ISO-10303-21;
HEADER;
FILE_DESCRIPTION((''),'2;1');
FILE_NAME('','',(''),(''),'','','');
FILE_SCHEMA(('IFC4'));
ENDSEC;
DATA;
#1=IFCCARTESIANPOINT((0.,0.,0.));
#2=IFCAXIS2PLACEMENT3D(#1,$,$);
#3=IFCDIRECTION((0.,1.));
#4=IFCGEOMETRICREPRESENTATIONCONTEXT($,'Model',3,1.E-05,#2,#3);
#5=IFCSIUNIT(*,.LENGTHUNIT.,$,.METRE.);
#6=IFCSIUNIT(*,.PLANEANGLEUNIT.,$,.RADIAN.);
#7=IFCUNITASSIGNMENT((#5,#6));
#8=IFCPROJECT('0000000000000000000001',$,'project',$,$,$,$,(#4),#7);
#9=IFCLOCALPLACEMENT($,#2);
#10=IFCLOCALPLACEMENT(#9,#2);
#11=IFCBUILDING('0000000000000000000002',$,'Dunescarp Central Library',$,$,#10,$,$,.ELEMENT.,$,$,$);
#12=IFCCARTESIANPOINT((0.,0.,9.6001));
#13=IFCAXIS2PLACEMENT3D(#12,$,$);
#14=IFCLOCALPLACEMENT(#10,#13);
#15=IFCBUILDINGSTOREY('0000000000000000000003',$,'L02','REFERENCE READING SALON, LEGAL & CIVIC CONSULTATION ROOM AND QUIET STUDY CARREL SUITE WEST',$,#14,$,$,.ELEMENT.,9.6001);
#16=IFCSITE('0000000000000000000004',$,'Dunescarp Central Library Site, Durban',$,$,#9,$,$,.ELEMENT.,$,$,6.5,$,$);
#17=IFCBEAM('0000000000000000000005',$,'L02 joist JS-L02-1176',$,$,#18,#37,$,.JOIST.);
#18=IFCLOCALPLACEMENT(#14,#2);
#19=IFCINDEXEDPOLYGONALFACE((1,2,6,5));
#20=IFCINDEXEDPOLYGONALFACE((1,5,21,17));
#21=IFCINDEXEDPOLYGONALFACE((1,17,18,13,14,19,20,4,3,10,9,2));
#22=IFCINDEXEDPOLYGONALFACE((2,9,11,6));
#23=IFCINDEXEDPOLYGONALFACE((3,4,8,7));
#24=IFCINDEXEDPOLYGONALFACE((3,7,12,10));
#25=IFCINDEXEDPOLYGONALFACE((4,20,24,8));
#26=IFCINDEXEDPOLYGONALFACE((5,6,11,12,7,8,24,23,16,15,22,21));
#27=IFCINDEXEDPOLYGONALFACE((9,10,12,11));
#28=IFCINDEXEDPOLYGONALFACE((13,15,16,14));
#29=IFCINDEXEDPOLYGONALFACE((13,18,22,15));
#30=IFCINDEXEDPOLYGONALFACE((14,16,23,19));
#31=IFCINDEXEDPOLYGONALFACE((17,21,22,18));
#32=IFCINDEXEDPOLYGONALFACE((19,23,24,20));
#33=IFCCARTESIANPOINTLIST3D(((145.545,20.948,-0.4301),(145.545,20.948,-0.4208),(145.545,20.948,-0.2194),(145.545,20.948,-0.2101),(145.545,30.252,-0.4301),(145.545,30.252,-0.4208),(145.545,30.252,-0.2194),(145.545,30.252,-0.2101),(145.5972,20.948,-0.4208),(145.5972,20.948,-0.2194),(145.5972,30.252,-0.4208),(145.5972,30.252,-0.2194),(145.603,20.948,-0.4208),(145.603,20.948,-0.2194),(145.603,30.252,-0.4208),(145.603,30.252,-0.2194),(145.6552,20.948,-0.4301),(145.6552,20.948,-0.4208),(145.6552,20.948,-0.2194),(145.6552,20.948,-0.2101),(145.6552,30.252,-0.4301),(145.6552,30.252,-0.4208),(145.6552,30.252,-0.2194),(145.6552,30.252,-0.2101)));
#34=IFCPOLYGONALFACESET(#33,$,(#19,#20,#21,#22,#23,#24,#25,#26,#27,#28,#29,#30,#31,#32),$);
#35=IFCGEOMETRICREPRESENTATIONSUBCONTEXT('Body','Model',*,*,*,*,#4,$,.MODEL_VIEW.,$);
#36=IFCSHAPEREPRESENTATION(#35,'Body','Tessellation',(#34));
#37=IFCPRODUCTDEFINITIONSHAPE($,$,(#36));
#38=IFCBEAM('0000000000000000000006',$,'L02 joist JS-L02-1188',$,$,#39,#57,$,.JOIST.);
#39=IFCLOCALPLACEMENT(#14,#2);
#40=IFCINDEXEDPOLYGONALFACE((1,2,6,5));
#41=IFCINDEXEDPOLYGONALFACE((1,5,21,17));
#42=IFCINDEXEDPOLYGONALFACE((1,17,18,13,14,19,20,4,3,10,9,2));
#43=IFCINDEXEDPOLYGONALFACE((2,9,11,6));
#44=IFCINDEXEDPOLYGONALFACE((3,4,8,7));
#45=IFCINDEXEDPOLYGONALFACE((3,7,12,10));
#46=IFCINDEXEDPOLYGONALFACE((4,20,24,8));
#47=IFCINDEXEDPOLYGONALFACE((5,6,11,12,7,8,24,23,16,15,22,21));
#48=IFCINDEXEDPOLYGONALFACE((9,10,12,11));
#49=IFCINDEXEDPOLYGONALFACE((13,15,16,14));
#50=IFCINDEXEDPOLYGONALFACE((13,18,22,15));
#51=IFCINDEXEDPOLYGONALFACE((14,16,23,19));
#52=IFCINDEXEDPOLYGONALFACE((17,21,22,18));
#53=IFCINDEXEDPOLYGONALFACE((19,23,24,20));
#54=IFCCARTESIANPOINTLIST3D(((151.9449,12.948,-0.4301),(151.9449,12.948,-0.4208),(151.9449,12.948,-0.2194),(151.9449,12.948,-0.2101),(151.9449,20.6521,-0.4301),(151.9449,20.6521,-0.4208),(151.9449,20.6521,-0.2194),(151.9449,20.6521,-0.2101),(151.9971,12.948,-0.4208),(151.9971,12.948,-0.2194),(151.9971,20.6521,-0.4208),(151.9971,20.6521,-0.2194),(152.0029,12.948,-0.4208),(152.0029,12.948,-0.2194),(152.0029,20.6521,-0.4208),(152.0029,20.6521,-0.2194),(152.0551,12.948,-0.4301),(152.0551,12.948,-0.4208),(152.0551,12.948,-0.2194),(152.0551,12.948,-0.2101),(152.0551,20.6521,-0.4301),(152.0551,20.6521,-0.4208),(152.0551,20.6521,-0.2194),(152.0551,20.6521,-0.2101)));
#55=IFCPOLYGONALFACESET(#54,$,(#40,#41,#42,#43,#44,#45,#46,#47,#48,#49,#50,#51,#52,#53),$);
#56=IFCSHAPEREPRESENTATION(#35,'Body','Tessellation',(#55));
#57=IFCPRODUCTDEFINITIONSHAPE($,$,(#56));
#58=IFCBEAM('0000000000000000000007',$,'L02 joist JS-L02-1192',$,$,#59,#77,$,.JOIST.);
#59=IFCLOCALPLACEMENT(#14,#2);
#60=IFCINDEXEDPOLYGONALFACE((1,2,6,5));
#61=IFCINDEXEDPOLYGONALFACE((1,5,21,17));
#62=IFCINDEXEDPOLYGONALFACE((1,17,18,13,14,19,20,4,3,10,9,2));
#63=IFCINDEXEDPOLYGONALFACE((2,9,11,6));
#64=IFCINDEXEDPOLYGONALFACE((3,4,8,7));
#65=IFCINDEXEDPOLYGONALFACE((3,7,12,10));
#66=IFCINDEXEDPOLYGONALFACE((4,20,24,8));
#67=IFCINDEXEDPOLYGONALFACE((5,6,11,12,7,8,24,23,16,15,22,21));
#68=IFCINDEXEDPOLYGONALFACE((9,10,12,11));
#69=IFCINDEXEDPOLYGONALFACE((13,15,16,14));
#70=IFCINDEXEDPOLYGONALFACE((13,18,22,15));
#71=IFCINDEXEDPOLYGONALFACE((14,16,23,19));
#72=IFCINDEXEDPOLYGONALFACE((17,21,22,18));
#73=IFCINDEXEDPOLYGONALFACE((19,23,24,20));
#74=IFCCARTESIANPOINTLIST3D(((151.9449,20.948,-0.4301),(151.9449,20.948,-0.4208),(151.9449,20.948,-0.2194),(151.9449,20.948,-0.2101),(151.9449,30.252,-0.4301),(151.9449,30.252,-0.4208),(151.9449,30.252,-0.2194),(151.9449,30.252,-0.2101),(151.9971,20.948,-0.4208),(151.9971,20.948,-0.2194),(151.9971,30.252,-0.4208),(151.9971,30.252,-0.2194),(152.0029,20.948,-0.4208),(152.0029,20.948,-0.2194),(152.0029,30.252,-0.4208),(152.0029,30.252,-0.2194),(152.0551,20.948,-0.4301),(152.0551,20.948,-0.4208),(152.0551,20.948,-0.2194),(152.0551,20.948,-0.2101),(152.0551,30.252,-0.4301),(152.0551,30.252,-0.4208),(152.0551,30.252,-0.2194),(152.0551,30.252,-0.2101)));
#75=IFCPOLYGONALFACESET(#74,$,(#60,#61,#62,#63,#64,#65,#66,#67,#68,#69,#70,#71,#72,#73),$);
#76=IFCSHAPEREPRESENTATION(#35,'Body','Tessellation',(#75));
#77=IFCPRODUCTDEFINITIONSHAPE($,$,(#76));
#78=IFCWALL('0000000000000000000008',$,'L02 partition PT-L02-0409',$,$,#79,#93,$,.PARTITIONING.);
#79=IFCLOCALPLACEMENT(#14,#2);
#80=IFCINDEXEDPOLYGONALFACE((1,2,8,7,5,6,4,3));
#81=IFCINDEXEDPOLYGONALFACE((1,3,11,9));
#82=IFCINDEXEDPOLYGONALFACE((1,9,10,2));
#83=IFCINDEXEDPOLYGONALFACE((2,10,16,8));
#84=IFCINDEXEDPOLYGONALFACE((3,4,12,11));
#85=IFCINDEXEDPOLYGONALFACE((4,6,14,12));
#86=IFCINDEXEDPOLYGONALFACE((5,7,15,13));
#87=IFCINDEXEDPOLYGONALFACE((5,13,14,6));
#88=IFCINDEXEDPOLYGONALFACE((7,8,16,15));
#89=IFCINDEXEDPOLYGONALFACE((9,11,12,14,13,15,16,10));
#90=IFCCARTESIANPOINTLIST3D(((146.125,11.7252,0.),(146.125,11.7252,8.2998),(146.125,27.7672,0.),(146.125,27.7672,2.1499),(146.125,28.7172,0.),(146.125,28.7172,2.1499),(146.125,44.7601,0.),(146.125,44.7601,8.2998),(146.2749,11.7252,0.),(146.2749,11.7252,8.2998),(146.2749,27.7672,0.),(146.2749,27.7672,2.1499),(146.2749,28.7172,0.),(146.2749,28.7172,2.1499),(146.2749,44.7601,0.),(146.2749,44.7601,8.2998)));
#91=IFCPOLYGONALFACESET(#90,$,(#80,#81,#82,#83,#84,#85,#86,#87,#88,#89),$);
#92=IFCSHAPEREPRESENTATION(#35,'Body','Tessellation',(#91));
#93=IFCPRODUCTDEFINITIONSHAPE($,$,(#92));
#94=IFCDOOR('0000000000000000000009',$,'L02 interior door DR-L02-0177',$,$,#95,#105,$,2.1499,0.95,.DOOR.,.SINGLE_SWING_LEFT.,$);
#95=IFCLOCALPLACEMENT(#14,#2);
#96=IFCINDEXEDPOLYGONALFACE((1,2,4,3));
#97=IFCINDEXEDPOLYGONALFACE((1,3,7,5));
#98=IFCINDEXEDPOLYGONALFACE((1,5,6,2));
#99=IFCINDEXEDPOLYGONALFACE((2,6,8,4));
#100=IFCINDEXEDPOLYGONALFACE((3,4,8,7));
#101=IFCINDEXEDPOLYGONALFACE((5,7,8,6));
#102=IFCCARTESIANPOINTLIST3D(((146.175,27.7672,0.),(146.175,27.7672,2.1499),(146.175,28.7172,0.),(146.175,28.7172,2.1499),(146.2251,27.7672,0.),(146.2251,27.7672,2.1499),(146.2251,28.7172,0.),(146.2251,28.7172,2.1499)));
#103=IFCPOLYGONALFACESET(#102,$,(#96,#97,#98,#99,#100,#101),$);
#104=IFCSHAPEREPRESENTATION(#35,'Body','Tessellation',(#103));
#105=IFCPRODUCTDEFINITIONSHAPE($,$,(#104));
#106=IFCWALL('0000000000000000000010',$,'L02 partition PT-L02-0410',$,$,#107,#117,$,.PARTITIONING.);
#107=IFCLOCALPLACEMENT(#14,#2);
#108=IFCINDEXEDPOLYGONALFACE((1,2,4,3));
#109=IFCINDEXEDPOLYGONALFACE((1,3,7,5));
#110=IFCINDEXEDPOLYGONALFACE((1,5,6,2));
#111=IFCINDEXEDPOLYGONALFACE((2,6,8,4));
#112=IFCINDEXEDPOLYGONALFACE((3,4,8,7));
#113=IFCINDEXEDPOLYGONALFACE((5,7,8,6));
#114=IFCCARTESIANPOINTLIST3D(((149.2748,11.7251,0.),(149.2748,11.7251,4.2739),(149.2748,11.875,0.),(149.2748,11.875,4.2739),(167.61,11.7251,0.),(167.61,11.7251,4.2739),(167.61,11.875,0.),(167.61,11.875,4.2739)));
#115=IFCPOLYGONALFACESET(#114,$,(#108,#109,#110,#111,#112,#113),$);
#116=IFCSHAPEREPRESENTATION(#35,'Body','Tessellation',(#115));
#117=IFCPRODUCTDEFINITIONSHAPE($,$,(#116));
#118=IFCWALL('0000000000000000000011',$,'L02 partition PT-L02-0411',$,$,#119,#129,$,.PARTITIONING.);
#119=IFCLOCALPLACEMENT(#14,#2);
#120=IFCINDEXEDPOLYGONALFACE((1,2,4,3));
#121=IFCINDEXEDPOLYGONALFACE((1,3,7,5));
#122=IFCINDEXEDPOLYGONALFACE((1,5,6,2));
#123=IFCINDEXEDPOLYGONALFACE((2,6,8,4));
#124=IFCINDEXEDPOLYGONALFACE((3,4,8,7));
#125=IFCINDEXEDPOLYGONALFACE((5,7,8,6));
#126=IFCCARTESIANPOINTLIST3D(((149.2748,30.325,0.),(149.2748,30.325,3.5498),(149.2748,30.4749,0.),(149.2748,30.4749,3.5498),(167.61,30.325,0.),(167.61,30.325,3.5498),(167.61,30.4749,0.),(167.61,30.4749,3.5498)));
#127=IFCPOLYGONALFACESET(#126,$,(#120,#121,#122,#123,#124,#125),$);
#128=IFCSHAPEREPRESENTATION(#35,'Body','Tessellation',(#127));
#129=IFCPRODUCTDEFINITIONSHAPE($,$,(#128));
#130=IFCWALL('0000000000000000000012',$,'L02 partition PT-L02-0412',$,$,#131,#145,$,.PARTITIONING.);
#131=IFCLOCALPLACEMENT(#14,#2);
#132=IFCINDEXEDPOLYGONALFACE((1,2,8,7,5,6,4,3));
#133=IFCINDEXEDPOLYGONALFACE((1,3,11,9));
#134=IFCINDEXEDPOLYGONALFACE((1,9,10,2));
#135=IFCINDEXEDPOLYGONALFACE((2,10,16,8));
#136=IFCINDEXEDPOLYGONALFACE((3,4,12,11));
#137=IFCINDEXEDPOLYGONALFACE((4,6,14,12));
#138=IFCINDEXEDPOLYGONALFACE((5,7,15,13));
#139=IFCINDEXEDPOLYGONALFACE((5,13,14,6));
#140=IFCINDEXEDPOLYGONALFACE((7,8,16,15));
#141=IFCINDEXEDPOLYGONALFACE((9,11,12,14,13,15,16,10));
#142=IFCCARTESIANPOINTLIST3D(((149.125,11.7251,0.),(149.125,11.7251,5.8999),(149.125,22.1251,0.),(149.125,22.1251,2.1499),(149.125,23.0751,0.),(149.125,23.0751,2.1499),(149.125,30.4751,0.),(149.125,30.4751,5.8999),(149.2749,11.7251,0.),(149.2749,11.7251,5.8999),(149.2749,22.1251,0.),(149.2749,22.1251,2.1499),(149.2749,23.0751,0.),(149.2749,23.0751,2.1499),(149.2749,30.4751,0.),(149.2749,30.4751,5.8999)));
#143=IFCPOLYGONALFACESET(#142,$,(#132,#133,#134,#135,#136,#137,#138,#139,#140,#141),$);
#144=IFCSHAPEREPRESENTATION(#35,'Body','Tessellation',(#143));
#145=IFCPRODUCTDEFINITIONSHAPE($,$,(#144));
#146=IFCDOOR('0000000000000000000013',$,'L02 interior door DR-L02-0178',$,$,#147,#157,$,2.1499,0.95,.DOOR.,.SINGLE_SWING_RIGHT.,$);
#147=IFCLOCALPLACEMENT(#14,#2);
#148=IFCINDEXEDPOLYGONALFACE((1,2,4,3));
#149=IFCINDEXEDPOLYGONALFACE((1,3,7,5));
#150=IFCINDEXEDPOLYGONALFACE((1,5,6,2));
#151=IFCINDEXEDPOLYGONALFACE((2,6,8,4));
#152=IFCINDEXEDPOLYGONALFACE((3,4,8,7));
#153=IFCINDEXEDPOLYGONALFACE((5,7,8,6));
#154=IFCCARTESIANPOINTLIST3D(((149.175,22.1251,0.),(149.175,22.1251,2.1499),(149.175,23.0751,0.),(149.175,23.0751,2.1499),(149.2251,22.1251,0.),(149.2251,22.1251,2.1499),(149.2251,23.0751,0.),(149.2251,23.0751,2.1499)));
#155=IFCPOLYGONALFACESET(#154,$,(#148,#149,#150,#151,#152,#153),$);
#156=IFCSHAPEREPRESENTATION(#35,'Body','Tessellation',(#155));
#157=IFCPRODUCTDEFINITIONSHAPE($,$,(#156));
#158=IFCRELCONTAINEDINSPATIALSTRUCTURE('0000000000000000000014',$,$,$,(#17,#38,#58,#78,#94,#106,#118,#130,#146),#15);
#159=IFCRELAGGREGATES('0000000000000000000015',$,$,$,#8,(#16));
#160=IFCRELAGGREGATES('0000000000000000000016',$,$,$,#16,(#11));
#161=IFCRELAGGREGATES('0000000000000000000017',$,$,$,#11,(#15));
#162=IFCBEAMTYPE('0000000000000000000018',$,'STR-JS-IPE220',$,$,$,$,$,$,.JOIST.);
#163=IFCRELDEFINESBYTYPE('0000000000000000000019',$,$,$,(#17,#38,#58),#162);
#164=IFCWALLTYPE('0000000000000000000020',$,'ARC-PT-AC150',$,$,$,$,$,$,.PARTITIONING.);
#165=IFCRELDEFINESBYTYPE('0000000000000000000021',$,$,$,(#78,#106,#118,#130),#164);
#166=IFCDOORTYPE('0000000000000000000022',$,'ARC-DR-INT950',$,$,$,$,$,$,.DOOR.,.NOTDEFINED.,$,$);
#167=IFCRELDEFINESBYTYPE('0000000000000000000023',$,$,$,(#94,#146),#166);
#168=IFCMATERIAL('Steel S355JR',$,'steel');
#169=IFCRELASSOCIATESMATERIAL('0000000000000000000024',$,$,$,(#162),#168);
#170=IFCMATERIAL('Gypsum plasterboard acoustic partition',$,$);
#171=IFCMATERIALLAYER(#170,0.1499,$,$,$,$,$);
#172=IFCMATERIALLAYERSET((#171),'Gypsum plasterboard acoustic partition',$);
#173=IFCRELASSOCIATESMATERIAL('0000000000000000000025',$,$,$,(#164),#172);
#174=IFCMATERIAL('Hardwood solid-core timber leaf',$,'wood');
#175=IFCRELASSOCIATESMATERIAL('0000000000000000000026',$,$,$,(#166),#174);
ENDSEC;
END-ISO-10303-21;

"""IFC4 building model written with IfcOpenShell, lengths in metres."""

from ifc_helpers import new_model, si_unit, direction, frame, frame_2d, origin, origin_2d, place, context, subcontext, project, spatial, rectangle, i_section, extrude, material, layer, layer_set, material_profile, profile_set, type_object, element, fill, save


model = new_model("IFC4")

# Units and contexts
model_context = context("Model", 3, precision=1e-05, world=origin(), true_north=direction((0.0, 1.0)))
body_context = subcontext(model_context, "Body", "Model", "MODEL_VIEW")
ifc_project = project(units=[si_unit("LENGTHUNIT", "METRE"), si_unit("PLANEANGLEUNIT", "RADIAN")], contexts=[model_context])

# Site, building, storey
site_placement = place(None, origin())
site = spatial("IfcSite", under=ifc_project, at=site_placement, Name="Dunescarp Central Library Site, Durban", CompositionType="ELEMENT", RefElevation=6.5)
building_placement = place(site_placement, origin())
building = spatial("IfcBuilding", under=site, at=building_placement, Name="Dunescarp Central Library", CompositionType="ELEMENT")
storey_placement = place(building_placement, frame((0.0, 0.0, 9.6001)))
storey = spatial("IfcBuildingStorey", under=building, at=storey_placement, Name="L02", Description="REFERENCE READING SALON, LEGAL & CIVIC CONSULTATION ROOM AND QUIET STUDY CARREL SUITE WEST", CompositionType="ELEMENT", Elevation=9.6001)

# Shared definitions
ifc_material_1 = material(Name="Steel S355JR", Category="steel")

# Beams
ifc_material_profile_1 = material_profile(ifc_material_1, i_section(OverallWidth=0.1101, OverallDepth=0.22, WebThickness=0.0059, FlangeThickness=0.0093, at=origin_2d()), Name="IPE 220")
ifc_profile_set_1 = profile_set([ifc_material_profile_1], Name="Steel S355JR")
beam_type_1 = type_object("IfcBeamType", Name="STR-JS-IPE220", PredefinedType="JOIST", material=ifc_profile_set_1)
for number, where, z_axis, x_axis, name in (
    (1, (145.6001, 20.948, -0.3201), (0.0, 1.0, 0.0), (-1.0, 0.0, 0.0), "L02 joist JS-L02-1176"),
):
    element("IfcBeam", number, at=place(storey_placement, frame(where, z_axis=z_axis, x_axis=x_axis)), inside=storey, type_object=beam_type_1, Name=name, PredefinedType="JOIST", context=body_context, shape_type="SweptSolid", body=[
        extrude(i_section(OverallWidth=0.1101, OverallDepth=0.22, WebThickness=0.0059, FlangeThickness=0.0093, at=origin_2d()), origin(), (0.0, 0.0, 1.0), 9.304),
    ])
beam_1_placement = place(storey_placement, frame((152.0, 12.948, -0.3201), z_axis=(0.0, 1.0, 0.0), x_axis=(-1.0, 0.0, 0.0)))
element("IfcBeam", 2, at=beam_1_placement, inside=storey, type_object=beam_type_1, Name="L02 joist JS-L02-1188", PredefinedType="JOIST", context=body_context, shape_type="SweptSolid", body=[
    extrude(i_section(OverallWidth=0.1101, OverallDepth=0.22, WebThickness=0.0059, FlangeThickness=0.0093, at=origin_2d()), origin(), (0.0, 0.0, 1.0), 7.7041),
])
beam_2_placement = place(storey_placement, frame((152.0, 20.948, -0.3201), z_axis=(0.0, 1.0, 0.0), x_axis=(-1.0, 0.0, 0.0)))
element("IfcBeam", 3, at=beam_2_placement, inside=storey, type_object=beam_type_1, Name="L02 joist JS-L02-1192", PredefinedType="JOIST", context=body_context, shape_type="SweptSolid", body=[
    extrude(i_section(OverallWidth=0.1101, OverallDepth=0.22, WebThickness=0.0059, FlangeThickness=0.0093, at=origin_2d()), origin(), (0.0, 0.0, 1.0), 9.304),
])

# Wall, opening, door
ifc_material_2 = material(Name="Gypsum plasterboard acoustic partition")
ifc_layer = layer(ifc_material_2, 0.1499)
ifc_layer_set = layer_set([ifc_layer], Name="Gypsum plasterboard acoustic partition")
wall_type = type_object("IfcWallType", Name="ARC-PT-AC150", PredefinedType="PARTITIONING", material=ifc_layer_set)
wall_1_placement = place(storey_placement, frame((146.2, 11.7251, 0.0), z_axis=(0.0, 0.0, 1.0), x_axis=(0.0, 1.0, 0.0)))
wall_1 = element("IfcWall", 4, at=wall_1_placement, inside=storey, type_object=wall_type, Name="L02 partition PT-L02-0409", PredefinedType="PARTITIONING", context=body_context, shape_type="SweptSolid", body=[
    extrude(rectangle(XDim=33.0349, YDim=0.1499, at=frame_2d((16.5176, 0.0))), origin(), (0.0, 0.0, 1.0), 8.2998),
])
opening_1_placement = place(wall_1_placement, frame((16.042, 0.0, 0.0)))
opening_1 = element("IfcOpeningElement", 5, at=opening_1_placement, cuts=wall_1, PredefinedType="OPENING", context=body_context, shape_type="SweptSolid", body=[
    extrude(rectangle(XDim=0.95, YDim=2.1499, at=frame_2d((0.4751, 1.075))), frame((0.0, 0.085, 0.0), z_axis=(0.0, -1.0, 0.0), x_axis=(1.0, 0.0, 0.0)), (0.0, 0.0, 1.0), 0.1699),
])
ifc_material_3 = material(Name="Hardwood solid-core timber leaf", Category="wood")
door_type = type_object("IfcDoorType", Name="ARC-DR-INT950", OperationType="NOTDEFINED", PredefinedType="DOOR", material=ifc_material_3)
door_1_placement = place(opening_1_placement, origin())
door_1 = element("IfcDoor", 6, at=door_1_placement, inside=storey, type_object=door_type, Name="L02 interior door DR-L02-0177", OperationType="SINGLE_SWING_LEFT", OverallHeight=2.1499, OverallWidth=0.95, PredefinedType="DOOR", context=body_context, shape_type="SweptSolid", body=[
    extrude(rectangle(XDim=0.95, YDim=2.1499, at=frame_2d((0.4751, 1.075))), frame((0.0, 0.0249, 0.0), z_axis=(0.0, -1.0, 0.0), x_axis=(1.0, 0.0, 0.0)), (0.0, 0.0, 1.0), 0.05),
])
fill(opening_1, door_1)

# Walls
wall_2_placement = place(storey_placement, frame((149.2749, 11.8, 0.0), z_axis=(0.0, 0.0, 1.0), x_axis=(1.0, 0.0, 0.0)))
element("IfcWall", 7, at=wall_2_placement, inside=storey, type_object=wall_type, Name="L02 partition PT-L02-0410", PredefinedType="PARTITIONING", context=body_context, shape_type="SweptSolid", body=[
    extrude(rectangle(XDim=18.3352, YDim=0.1499, at=frame_2d((9.1675, 0.0))), origin(), (0.0, 0.0, 1.0), 4.2739),
])
wall_3_placement = place(storey_placement, frame((149.2749, 30.3999, 0.0), z_axis=(0.0, 0.0, 1.0), x_axis=(1.0, 0.0, 0.0)))
element("IfcWall", 8, at=wall_3_placement, inside=storey, type_object=wall_type, Name="L02 partition PT-L02-0411", PredefinedType="PARTITIONING", context=body_context, shape_type="SweptSolid", body=[
    extrude(rectangle(XDim=18.3352, YDim=0.1499, at=frame_2d((9.1675, 0.0))), origin(), (0.0, 0.0, 1.0), 3.5498),
])

# Wall, opening, door
wall_4_placement = place(storey_placement, frame((149.2, 11.7251, 0.0), z_axis=(0.0, 0.0, 1.0), x_axis=(0.0, 1.0, 0.0)))
wall_4 = element("IfcWall", 9, at=wall_4_placement, inside=storey, type_object=wall_type, Name="L02 partition PT-L02-0412", PredefinedType="PARTITIONING", context=body_context, shape_type="SweptSolid", body=[
    extrude(rectangle(XDim=18.75, YDim=0.1499, at=frame_2d((9.375, 0.0))), origin(), (0.0, 0.0, 1.0), 5.8999),
])
opening_2_placement = place(wall_4_placement, frame((10.3999, 0.0, 0.0)))
opening_2 = element("IfcOpeningElement", 10, at=opening_2_placement, cuts=wall_4, PredefinedType="OPENING", context=body_context, shape_type="SweptSolid", body=[
    extrude(rectangle(XDim=0.95, YDim=2.1499, at=frame_2d((0.4751, 1.075))), frame((0.0, 0.085, 0.0), z_axis=(0.0, -1.0, 0.0), x_axis=(1.0, 0.0, 0.0)), (0.0, 0.0, 1.0), 0.1699),
])
door_2_placement = place(opening_2_placement, origin())
door_2 = element("IfcDoor", 11, at=door_2_placement, inside=storey, type_object=door_type, Name="L02 interior door DR-L02-0178", OperationType="SINGLE_SWING_RIGHT", OverallHeight=2.1499, OverallWidth=0.95, PredefinedType="DOOR", context=body_context, shape_type="SweptSolid", body=[
    extrude(rectangle(XDim=0.95, YDim=2.1499, at=frame_2d((0.4751, 1.075))), frame((0.0, 0.0249, 0.0), z_axis=(0.0, -1.0, 0.0), x_axis=(1.0, 0.0, 0.0)), (0.0, 0.0, 1.0), 0.05),
])
fill(opening_2, door_2)

save(model, "model.ifc")
